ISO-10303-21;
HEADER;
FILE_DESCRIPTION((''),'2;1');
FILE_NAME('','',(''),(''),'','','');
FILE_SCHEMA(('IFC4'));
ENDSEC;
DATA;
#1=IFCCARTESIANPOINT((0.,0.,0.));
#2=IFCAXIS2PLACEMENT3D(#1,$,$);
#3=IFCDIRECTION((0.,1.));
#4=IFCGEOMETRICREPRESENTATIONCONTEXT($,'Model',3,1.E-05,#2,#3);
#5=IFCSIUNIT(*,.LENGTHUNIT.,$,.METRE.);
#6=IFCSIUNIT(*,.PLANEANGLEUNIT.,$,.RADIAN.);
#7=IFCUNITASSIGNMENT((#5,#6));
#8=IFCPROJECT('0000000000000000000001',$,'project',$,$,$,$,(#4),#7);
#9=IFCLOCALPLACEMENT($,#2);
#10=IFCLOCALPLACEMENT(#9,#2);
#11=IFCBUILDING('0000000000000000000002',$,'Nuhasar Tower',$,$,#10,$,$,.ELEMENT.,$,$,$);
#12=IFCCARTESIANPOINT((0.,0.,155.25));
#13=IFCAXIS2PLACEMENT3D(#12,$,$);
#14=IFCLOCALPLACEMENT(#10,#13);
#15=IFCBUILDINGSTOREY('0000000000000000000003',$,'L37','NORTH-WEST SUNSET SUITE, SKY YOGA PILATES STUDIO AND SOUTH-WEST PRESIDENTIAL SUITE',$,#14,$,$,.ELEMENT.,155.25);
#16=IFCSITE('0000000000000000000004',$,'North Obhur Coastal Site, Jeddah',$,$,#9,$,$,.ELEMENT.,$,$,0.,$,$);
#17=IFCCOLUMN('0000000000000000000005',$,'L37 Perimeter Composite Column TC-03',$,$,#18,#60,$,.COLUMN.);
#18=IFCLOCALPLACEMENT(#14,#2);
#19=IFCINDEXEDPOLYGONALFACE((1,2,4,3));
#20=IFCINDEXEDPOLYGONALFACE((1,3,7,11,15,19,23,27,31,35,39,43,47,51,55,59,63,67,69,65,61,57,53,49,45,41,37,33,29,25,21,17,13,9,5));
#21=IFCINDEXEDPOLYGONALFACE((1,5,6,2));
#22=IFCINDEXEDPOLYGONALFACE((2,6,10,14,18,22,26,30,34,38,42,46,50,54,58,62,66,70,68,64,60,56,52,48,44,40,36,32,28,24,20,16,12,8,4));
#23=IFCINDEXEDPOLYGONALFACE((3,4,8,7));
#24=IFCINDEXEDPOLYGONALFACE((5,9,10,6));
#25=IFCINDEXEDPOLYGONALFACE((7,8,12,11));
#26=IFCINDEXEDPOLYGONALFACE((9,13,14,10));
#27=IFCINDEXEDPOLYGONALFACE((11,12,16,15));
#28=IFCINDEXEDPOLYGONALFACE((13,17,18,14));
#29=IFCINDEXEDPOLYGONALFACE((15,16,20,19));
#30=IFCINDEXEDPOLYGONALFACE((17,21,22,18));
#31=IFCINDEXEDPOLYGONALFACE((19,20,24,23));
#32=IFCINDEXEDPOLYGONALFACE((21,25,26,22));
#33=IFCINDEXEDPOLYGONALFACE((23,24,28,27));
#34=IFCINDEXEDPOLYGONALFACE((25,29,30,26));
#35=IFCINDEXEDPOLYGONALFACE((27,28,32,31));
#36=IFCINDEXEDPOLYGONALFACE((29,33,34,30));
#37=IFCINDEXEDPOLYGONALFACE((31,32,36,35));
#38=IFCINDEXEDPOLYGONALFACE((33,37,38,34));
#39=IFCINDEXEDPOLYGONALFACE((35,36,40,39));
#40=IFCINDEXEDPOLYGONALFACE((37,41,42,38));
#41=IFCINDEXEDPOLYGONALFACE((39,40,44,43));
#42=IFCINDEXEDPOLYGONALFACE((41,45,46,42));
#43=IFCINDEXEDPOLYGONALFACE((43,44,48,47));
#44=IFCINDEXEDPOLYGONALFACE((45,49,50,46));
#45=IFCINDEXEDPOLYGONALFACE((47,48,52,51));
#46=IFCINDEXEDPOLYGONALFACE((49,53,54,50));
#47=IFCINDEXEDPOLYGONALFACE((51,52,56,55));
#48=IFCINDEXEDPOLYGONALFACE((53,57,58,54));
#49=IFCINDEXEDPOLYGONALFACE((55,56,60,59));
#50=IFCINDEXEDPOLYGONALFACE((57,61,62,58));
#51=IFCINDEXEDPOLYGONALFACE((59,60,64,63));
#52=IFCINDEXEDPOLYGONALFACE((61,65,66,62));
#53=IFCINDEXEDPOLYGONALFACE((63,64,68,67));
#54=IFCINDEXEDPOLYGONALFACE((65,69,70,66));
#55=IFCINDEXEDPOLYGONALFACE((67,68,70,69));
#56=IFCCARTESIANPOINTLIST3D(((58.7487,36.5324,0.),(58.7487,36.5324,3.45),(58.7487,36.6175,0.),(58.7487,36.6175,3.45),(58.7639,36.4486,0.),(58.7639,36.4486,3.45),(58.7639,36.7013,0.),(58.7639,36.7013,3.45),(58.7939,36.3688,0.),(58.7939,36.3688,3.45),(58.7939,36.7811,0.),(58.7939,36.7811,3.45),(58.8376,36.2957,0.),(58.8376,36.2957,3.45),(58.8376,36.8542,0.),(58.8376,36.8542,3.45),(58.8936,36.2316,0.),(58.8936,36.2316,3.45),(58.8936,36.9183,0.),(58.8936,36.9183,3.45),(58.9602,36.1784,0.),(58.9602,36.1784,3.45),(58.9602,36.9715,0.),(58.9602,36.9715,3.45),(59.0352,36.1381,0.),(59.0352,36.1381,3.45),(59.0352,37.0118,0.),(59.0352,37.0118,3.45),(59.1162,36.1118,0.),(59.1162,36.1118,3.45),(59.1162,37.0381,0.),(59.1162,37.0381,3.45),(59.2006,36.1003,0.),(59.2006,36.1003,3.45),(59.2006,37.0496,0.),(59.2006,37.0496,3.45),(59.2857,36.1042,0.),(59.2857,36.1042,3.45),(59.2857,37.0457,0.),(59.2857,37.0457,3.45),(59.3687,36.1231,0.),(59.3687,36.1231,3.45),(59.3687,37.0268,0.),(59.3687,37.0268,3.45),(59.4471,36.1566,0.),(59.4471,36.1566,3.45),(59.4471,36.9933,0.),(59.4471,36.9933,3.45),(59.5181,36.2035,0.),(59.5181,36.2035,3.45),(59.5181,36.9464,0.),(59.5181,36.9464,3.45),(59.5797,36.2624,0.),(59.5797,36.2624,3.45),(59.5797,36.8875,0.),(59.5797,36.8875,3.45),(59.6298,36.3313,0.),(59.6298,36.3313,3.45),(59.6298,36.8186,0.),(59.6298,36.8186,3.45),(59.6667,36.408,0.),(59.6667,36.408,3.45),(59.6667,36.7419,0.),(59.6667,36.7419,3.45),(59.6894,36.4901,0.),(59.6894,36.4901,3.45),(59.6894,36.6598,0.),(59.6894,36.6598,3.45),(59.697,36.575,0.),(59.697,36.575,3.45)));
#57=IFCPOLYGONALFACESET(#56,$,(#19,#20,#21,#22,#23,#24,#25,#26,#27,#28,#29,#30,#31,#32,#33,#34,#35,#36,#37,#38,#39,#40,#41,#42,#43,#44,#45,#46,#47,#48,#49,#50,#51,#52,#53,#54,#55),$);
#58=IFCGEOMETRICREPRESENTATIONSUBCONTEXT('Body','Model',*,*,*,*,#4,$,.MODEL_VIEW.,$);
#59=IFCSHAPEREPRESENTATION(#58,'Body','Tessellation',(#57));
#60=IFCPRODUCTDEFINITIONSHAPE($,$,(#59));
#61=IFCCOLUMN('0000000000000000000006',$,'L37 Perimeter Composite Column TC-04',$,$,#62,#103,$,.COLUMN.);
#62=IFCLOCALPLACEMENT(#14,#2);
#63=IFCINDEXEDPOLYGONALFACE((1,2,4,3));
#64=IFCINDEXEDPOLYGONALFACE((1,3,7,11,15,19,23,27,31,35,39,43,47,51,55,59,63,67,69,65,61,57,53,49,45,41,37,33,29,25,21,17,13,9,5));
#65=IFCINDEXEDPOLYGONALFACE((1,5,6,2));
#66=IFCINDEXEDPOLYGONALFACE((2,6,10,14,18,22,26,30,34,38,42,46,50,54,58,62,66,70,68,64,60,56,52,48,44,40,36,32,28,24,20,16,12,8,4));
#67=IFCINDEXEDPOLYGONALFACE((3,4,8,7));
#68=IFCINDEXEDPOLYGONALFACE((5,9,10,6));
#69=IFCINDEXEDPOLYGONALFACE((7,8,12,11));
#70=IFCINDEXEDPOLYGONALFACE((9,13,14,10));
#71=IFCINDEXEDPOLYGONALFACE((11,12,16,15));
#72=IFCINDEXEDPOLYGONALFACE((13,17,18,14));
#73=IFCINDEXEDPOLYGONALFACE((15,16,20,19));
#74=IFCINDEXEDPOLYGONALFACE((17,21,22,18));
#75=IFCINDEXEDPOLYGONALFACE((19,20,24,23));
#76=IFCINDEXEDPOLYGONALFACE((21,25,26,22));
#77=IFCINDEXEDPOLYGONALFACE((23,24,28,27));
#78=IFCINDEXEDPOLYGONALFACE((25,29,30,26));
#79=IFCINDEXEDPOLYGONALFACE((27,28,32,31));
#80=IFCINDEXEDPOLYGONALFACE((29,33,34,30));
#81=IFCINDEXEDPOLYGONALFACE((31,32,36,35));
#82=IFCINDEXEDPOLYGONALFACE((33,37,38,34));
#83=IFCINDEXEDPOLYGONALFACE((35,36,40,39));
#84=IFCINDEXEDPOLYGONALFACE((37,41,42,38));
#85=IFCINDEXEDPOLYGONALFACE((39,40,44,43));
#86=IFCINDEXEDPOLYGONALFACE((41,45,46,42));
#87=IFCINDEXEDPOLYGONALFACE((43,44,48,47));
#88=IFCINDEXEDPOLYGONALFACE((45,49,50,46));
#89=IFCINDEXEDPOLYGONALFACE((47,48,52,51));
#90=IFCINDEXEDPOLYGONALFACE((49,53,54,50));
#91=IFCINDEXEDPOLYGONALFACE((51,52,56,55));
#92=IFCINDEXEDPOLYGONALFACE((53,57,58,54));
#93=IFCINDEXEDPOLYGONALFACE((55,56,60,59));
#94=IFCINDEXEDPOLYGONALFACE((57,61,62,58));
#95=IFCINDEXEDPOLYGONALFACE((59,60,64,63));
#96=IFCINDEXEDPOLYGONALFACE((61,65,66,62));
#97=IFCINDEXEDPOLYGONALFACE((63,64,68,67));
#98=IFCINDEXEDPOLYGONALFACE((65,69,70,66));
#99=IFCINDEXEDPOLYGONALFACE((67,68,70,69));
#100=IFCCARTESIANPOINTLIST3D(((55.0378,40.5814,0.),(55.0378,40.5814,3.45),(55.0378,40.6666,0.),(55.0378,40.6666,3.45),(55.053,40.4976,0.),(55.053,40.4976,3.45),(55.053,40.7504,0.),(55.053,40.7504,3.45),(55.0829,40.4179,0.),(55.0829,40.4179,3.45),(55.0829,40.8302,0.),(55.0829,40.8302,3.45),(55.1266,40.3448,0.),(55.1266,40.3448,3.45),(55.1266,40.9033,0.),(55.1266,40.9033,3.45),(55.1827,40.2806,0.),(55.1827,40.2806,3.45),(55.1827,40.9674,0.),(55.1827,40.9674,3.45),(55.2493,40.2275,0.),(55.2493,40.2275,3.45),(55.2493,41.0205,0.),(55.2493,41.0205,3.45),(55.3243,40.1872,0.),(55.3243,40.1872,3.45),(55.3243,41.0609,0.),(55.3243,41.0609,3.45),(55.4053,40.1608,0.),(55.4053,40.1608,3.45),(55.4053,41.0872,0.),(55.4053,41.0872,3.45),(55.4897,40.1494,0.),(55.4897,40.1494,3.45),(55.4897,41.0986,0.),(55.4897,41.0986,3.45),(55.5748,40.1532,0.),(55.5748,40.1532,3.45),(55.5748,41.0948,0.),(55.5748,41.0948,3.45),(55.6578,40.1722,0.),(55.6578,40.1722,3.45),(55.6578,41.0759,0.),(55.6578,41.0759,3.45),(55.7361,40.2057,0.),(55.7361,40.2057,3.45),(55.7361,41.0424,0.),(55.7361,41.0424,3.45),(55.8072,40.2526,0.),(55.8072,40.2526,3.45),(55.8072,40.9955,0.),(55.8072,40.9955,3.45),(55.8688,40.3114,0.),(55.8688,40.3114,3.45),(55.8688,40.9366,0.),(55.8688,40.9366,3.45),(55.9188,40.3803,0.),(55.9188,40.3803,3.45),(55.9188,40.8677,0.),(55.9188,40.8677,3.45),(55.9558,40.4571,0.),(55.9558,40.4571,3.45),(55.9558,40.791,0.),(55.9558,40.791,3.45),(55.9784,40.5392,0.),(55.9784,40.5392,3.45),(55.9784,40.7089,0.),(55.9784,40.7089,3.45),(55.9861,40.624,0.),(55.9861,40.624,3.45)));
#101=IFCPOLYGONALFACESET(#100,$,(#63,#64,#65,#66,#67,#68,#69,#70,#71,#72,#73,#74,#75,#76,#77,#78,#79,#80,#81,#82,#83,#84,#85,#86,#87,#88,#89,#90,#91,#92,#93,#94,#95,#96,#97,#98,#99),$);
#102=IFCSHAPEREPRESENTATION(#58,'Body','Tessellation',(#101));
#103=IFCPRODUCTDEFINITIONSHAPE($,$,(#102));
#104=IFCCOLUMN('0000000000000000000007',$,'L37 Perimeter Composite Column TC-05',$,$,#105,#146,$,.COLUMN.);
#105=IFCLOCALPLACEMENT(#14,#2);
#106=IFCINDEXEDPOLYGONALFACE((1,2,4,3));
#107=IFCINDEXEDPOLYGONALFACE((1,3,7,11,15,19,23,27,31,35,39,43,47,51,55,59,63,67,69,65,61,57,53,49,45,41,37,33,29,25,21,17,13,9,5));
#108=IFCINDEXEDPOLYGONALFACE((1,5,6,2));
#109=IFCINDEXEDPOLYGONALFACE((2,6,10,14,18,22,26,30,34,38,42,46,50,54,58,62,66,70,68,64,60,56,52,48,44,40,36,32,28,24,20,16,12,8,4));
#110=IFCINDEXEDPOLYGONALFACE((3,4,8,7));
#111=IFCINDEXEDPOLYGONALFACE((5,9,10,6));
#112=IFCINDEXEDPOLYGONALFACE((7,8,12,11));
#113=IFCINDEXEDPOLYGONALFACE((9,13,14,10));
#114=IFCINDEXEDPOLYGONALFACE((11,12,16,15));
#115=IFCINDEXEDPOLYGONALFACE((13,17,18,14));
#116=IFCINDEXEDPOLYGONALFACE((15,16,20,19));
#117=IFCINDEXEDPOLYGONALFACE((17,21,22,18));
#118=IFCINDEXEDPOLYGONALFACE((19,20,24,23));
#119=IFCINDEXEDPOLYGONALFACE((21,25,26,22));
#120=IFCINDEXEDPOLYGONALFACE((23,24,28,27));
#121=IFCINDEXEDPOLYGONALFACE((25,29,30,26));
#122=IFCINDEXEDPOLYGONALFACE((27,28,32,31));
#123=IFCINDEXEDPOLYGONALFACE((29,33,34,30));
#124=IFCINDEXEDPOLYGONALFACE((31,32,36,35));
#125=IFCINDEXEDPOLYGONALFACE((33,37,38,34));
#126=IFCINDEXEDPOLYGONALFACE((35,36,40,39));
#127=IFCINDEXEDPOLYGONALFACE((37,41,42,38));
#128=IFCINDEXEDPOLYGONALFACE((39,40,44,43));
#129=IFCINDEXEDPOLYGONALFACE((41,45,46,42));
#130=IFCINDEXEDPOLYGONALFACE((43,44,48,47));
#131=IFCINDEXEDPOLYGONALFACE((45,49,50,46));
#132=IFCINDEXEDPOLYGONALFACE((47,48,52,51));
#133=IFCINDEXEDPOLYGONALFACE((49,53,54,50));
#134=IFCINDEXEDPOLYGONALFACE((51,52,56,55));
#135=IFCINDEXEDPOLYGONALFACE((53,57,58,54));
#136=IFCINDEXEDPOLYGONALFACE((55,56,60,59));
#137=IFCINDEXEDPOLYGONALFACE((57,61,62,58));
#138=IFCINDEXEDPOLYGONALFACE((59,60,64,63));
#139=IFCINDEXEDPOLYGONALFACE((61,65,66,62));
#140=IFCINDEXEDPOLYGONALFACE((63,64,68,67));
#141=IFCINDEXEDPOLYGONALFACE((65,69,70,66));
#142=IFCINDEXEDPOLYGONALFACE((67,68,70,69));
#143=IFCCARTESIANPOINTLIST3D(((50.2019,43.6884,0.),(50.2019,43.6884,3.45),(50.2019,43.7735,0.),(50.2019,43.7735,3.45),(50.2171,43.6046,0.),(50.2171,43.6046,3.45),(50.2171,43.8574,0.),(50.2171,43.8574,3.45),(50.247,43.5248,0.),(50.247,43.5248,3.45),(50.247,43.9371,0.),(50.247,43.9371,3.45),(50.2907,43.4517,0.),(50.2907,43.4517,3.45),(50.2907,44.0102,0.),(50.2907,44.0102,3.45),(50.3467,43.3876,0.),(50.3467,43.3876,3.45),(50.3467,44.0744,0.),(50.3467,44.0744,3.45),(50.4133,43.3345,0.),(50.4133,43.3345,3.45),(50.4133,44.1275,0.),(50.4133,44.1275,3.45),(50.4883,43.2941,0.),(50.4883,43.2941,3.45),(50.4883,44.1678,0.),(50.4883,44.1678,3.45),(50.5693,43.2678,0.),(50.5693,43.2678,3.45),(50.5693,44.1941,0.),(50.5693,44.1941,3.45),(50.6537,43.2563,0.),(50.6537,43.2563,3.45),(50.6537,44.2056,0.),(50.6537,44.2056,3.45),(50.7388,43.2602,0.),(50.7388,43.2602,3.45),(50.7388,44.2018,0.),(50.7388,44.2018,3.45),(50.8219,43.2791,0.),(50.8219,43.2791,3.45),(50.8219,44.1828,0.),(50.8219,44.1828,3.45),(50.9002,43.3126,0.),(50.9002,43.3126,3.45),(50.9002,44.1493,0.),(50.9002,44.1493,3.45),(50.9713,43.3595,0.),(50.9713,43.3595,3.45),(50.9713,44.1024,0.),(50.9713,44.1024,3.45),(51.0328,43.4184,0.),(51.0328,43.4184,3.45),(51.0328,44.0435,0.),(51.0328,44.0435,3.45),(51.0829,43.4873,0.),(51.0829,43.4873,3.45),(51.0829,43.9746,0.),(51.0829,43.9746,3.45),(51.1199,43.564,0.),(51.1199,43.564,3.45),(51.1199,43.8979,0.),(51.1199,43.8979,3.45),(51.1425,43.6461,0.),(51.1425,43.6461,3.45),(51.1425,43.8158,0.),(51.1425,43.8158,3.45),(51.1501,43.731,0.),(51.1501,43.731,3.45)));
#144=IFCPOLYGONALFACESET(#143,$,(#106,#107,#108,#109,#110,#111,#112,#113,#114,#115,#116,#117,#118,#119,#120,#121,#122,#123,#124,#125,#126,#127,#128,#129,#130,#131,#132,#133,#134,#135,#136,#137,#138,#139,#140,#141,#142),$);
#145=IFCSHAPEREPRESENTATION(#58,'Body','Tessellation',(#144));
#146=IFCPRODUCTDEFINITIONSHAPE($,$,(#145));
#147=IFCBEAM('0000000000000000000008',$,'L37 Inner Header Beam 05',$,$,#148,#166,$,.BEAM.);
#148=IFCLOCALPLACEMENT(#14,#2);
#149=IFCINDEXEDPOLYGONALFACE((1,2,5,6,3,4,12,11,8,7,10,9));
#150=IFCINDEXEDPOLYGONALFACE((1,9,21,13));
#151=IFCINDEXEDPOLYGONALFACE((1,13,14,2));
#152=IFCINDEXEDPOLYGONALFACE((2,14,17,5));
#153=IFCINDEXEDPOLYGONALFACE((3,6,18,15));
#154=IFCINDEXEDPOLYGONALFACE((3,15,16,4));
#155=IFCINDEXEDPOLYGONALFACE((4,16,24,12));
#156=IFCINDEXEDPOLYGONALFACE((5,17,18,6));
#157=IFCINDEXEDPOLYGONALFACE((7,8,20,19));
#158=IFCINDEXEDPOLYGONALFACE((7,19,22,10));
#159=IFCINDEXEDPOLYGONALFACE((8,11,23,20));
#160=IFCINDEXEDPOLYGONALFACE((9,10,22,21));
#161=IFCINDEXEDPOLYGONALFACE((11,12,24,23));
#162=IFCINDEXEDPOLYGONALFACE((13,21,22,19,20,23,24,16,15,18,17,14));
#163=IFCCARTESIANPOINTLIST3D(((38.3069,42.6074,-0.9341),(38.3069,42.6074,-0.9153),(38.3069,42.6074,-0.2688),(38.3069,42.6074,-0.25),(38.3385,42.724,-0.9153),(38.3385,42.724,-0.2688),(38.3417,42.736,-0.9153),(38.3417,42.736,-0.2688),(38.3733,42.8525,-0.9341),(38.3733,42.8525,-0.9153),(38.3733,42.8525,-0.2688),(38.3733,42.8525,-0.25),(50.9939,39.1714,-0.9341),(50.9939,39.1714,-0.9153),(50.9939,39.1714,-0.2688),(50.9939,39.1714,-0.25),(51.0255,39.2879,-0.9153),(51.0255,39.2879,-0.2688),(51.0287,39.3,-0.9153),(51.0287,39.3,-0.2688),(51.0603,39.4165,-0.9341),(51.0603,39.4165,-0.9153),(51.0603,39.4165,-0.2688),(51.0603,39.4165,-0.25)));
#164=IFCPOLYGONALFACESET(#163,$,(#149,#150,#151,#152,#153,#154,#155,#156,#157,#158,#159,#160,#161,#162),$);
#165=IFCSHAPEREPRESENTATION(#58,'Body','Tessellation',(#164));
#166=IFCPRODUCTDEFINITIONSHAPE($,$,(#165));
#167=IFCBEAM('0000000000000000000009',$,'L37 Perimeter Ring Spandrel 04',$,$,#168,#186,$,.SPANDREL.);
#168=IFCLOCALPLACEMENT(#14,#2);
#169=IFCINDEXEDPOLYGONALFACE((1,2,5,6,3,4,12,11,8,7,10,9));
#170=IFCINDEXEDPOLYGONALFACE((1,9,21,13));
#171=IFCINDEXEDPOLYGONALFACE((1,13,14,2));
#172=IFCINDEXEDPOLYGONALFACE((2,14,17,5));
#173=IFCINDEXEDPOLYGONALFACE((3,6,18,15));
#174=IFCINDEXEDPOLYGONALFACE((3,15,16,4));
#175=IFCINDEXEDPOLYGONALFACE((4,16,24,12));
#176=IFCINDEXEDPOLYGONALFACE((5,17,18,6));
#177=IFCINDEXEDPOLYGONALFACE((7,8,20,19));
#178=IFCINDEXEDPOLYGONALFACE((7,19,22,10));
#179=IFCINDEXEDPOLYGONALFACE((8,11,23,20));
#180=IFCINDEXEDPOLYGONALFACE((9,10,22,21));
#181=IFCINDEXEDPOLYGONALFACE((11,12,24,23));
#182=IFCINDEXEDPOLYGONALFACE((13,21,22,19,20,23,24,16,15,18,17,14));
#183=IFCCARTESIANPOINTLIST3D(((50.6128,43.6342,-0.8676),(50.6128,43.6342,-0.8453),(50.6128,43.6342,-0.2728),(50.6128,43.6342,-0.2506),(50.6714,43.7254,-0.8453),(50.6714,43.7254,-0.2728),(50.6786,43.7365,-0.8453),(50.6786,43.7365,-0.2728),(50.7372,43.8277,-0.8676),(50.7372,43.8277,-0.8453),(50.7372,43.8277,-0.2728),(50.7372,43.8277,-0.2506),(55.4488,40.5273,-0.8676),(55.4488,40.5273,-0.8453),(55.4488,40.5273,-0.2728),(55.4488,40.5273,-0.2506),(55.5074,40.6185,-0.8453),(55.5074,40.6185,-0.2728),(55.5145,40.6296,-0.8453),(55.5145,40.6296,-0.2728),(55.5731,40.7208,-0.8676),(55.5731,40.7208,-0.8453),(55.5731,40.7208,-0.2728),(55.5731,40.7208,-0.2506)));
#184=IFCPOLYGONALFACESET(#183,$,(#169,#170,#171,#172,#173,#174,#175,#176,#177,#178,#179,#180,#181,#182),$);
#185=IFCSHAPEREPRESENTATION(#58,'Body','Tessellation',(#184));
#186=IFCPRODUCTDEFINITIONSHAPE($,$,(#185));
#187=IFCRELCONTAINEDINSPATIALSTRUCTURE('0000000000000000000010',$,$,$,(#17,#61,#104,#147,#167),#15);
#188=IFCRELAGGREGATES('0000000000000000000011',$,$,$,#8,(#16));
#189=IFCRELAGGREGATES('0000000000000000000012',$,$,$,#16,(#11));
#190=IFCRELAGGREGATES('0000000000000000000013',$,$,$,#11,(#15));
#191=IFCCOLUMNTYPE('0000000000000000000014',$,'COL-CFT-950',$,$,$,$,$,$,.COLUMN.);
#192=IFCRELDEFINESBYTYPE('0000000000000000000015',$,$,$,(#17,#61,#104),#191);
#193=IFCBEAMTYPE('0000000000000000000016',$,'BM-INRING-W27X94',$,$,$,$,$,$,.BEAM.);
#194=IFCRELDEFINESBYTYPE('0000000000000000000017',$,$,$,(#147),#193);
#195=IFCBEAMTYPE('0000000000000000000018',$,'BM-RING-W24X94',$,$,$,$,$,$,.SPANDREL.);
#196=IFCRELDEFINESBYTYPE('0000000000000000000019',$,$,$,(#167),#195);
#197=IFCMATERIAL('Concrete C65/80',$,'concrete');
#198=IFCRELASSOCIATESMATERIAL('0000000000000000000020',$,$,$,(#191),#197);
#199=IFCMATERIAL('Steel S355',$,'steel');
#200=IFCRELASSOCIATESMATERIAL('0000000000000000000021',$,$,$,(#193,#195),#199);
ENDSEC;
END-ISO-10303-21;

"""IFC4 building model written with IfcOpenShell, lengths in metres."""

from ifc_helpers import new_model, si_unit, direction, frame, origin, origin_2d, place, context, subcontext, project, spatial, circle, i_section, extrude, material, material_profile, profile_set, type_object, element, save


model = new_model("IFC4")

# Units and contexts
model_context = context("Model", 3, precision=1e-05, world=origin(), true_north=direction((0.0, 1.0)))
body_context = subcontext(model_context, "Body", "Model", "MODEL_VIEW")
ifc_project = project(units=[si_unit("LENGTHUNIT", "METRE"), si_unit("PLANEANGLEUNIT", "RADIAN")], contexts=[model_context])

# Site, building, storey
site_placement = place(None, origin())
site = spatial("IfcSite", under=ifc_project, at=site_placement, Name="North Obhur Coastal Site, Jeddah", CompositionType="ELEMENT", RefElevation=0.0)
building_placement = place(site_placement, origin())
building = spatial("IfcBuilding", under=site, at=building_placement, Name="Nuhasar Tower", CompositionType="ELEMENT")
storey_placement = place(building_placement, frame((0.0, 0.0, 155.25)))
storey = spatial("IfcBuildingStorey", under=building, at=storey_placement, Name="L37", Description="NORTH-WEST SUNSET SUITE, SKY YOGA PILATES STUDIO AND SOUTH-WEST PRESIDENTIAL SUITE", CompositionType="ELEMENT", Elevation=155.25)

# Columns
ifc_material_1 = material(Name="Concrete C65/80", Category="concrete")
ifc_material_profile_1 = material_profile(ifc_material_1, circle(Radius=0.4751, at=origin_2d()), Name="CFT950")
ifc_profile_set_1 = profile_set([ifc_material_profile_1], Name="Concrete C65/80")
column_type = type_object("IfcColumnType", Name="COL-CFT-950", PredefinedType="COLUMN", material=ifc_profile_set_1)
for number, where, z_axis, x_axis, name in (
    (1, (59.2219, 36.575, 0.0), (0.0, 0.0, 1.0), (1.0, 0.0, 0.0), "L37 Perimeter Composite Column TC-03"),
    (2, (55.511, 40.624, 0.0), (0.0, 0.0, 1.0), (1.0, 0.0, 0.0), "L37 Perimeter Composite Column TC-04"),
    (3, (50.675, 43.731, 0.0), (0.0, 0.0, 1.0), (1.0, 0.0, 0.0), "L37 Perimeter Composite Column TC-05"),
):
    element("IfcColumn", number, at=place(storey_placement, frame(where, z_axis=z_axis, x_axis=x_axis)), inside=storey, type_object=column_type, Name=name, PredefinedType="COLUMN", context=body_context, shape_type="SweptSolid", body=[
        extrude(circle(Radius=0.4751, at=origin_2d()), origin(), (0.0, 0.0, 1.0), 3.45),
    ])

# Beams
ifc_material_2 = material(Name="Steel S355", Category="steel")
ifc_material_profile_2 = material_profile(ifc_material_2, i_section(OverallWidth=0.2539, OverallDepth=0.6841, WebThickness=0.0125, FlangeThickness=0.0188, at=origin_2d()), Name="W27X94")
ifc_profile_set_2 = profile_set([ifc_material_profile_2], Name="Steel S355")
beam_type_1 = type_object("IfcBeamType", Name="BM-INRING-W27X94", PredefinedType="BEAM", material=ifc_profile_set_2)
beam_1_placement = place(storey_placement, frame((51.0271, 39.2939, -0.592), z_axis=(-0.965227, 0.261413, 0.0), x_axis=(-0.261413, -0.965227, 0.0)))
element("IfcBeam", 4, at=beam_1_placement, inside=storey, type_object=beam_type_1, Name="L37 Inner Header Beam 05", PredefinedType="BEAM", context=body_context, shape_type="SweptSolid", body=[
    extrude(i_section(OverallWidth=0.2539, OverallDepth=0.6841, WebThickness=0.0125, FlangeThickness=0.0188, at=origin_2d()), origin(), (0.0, 0.0, 1.0), 13.144),
])
ifc_material_profile_3 = material_profile(ifc_material_2, i_section(OverallWidth=0.23, OverallDepth=0.6169, WebThickness=0.0132, FlangeThickness=0.0222, at=origin_2d()), Name="W24X94")
ifc_profile_set_3 = profile_set([ifc_material_profile_3], Name="Steel S355")
beam_type_2 = type_object("IfcBeamType", Name="BM-RING-W24X94", PredefinedType="SPANDREL", material=ifc_profile_set_3)
beam_2_placement = place(storey_placement, frame((55.511, 40.624, -0.5591), z_axis=(-0.841327, 0.540526, 0.0), x_axis=(-0.540526, -0.841327, 0.0)))
element("IfcBeam", 5, at=beam_2_placement, inside=storey, type_object=beam_type_2, Name="L37 Perimeter Ring Spandrel 04", PredefinedType="SPANDREL", context=body_context, shape_type="SweptSolid", body=[
    extrude(i_section(OverallWidth=0.23, OverallDepth=0.6169, WebThickness=0.0132, FlangeThickness=0.0222, at=origin_2d()), origin(), (0.0, 0.0, 1.0), 5.748),
])

save(model, "model.ifc")
